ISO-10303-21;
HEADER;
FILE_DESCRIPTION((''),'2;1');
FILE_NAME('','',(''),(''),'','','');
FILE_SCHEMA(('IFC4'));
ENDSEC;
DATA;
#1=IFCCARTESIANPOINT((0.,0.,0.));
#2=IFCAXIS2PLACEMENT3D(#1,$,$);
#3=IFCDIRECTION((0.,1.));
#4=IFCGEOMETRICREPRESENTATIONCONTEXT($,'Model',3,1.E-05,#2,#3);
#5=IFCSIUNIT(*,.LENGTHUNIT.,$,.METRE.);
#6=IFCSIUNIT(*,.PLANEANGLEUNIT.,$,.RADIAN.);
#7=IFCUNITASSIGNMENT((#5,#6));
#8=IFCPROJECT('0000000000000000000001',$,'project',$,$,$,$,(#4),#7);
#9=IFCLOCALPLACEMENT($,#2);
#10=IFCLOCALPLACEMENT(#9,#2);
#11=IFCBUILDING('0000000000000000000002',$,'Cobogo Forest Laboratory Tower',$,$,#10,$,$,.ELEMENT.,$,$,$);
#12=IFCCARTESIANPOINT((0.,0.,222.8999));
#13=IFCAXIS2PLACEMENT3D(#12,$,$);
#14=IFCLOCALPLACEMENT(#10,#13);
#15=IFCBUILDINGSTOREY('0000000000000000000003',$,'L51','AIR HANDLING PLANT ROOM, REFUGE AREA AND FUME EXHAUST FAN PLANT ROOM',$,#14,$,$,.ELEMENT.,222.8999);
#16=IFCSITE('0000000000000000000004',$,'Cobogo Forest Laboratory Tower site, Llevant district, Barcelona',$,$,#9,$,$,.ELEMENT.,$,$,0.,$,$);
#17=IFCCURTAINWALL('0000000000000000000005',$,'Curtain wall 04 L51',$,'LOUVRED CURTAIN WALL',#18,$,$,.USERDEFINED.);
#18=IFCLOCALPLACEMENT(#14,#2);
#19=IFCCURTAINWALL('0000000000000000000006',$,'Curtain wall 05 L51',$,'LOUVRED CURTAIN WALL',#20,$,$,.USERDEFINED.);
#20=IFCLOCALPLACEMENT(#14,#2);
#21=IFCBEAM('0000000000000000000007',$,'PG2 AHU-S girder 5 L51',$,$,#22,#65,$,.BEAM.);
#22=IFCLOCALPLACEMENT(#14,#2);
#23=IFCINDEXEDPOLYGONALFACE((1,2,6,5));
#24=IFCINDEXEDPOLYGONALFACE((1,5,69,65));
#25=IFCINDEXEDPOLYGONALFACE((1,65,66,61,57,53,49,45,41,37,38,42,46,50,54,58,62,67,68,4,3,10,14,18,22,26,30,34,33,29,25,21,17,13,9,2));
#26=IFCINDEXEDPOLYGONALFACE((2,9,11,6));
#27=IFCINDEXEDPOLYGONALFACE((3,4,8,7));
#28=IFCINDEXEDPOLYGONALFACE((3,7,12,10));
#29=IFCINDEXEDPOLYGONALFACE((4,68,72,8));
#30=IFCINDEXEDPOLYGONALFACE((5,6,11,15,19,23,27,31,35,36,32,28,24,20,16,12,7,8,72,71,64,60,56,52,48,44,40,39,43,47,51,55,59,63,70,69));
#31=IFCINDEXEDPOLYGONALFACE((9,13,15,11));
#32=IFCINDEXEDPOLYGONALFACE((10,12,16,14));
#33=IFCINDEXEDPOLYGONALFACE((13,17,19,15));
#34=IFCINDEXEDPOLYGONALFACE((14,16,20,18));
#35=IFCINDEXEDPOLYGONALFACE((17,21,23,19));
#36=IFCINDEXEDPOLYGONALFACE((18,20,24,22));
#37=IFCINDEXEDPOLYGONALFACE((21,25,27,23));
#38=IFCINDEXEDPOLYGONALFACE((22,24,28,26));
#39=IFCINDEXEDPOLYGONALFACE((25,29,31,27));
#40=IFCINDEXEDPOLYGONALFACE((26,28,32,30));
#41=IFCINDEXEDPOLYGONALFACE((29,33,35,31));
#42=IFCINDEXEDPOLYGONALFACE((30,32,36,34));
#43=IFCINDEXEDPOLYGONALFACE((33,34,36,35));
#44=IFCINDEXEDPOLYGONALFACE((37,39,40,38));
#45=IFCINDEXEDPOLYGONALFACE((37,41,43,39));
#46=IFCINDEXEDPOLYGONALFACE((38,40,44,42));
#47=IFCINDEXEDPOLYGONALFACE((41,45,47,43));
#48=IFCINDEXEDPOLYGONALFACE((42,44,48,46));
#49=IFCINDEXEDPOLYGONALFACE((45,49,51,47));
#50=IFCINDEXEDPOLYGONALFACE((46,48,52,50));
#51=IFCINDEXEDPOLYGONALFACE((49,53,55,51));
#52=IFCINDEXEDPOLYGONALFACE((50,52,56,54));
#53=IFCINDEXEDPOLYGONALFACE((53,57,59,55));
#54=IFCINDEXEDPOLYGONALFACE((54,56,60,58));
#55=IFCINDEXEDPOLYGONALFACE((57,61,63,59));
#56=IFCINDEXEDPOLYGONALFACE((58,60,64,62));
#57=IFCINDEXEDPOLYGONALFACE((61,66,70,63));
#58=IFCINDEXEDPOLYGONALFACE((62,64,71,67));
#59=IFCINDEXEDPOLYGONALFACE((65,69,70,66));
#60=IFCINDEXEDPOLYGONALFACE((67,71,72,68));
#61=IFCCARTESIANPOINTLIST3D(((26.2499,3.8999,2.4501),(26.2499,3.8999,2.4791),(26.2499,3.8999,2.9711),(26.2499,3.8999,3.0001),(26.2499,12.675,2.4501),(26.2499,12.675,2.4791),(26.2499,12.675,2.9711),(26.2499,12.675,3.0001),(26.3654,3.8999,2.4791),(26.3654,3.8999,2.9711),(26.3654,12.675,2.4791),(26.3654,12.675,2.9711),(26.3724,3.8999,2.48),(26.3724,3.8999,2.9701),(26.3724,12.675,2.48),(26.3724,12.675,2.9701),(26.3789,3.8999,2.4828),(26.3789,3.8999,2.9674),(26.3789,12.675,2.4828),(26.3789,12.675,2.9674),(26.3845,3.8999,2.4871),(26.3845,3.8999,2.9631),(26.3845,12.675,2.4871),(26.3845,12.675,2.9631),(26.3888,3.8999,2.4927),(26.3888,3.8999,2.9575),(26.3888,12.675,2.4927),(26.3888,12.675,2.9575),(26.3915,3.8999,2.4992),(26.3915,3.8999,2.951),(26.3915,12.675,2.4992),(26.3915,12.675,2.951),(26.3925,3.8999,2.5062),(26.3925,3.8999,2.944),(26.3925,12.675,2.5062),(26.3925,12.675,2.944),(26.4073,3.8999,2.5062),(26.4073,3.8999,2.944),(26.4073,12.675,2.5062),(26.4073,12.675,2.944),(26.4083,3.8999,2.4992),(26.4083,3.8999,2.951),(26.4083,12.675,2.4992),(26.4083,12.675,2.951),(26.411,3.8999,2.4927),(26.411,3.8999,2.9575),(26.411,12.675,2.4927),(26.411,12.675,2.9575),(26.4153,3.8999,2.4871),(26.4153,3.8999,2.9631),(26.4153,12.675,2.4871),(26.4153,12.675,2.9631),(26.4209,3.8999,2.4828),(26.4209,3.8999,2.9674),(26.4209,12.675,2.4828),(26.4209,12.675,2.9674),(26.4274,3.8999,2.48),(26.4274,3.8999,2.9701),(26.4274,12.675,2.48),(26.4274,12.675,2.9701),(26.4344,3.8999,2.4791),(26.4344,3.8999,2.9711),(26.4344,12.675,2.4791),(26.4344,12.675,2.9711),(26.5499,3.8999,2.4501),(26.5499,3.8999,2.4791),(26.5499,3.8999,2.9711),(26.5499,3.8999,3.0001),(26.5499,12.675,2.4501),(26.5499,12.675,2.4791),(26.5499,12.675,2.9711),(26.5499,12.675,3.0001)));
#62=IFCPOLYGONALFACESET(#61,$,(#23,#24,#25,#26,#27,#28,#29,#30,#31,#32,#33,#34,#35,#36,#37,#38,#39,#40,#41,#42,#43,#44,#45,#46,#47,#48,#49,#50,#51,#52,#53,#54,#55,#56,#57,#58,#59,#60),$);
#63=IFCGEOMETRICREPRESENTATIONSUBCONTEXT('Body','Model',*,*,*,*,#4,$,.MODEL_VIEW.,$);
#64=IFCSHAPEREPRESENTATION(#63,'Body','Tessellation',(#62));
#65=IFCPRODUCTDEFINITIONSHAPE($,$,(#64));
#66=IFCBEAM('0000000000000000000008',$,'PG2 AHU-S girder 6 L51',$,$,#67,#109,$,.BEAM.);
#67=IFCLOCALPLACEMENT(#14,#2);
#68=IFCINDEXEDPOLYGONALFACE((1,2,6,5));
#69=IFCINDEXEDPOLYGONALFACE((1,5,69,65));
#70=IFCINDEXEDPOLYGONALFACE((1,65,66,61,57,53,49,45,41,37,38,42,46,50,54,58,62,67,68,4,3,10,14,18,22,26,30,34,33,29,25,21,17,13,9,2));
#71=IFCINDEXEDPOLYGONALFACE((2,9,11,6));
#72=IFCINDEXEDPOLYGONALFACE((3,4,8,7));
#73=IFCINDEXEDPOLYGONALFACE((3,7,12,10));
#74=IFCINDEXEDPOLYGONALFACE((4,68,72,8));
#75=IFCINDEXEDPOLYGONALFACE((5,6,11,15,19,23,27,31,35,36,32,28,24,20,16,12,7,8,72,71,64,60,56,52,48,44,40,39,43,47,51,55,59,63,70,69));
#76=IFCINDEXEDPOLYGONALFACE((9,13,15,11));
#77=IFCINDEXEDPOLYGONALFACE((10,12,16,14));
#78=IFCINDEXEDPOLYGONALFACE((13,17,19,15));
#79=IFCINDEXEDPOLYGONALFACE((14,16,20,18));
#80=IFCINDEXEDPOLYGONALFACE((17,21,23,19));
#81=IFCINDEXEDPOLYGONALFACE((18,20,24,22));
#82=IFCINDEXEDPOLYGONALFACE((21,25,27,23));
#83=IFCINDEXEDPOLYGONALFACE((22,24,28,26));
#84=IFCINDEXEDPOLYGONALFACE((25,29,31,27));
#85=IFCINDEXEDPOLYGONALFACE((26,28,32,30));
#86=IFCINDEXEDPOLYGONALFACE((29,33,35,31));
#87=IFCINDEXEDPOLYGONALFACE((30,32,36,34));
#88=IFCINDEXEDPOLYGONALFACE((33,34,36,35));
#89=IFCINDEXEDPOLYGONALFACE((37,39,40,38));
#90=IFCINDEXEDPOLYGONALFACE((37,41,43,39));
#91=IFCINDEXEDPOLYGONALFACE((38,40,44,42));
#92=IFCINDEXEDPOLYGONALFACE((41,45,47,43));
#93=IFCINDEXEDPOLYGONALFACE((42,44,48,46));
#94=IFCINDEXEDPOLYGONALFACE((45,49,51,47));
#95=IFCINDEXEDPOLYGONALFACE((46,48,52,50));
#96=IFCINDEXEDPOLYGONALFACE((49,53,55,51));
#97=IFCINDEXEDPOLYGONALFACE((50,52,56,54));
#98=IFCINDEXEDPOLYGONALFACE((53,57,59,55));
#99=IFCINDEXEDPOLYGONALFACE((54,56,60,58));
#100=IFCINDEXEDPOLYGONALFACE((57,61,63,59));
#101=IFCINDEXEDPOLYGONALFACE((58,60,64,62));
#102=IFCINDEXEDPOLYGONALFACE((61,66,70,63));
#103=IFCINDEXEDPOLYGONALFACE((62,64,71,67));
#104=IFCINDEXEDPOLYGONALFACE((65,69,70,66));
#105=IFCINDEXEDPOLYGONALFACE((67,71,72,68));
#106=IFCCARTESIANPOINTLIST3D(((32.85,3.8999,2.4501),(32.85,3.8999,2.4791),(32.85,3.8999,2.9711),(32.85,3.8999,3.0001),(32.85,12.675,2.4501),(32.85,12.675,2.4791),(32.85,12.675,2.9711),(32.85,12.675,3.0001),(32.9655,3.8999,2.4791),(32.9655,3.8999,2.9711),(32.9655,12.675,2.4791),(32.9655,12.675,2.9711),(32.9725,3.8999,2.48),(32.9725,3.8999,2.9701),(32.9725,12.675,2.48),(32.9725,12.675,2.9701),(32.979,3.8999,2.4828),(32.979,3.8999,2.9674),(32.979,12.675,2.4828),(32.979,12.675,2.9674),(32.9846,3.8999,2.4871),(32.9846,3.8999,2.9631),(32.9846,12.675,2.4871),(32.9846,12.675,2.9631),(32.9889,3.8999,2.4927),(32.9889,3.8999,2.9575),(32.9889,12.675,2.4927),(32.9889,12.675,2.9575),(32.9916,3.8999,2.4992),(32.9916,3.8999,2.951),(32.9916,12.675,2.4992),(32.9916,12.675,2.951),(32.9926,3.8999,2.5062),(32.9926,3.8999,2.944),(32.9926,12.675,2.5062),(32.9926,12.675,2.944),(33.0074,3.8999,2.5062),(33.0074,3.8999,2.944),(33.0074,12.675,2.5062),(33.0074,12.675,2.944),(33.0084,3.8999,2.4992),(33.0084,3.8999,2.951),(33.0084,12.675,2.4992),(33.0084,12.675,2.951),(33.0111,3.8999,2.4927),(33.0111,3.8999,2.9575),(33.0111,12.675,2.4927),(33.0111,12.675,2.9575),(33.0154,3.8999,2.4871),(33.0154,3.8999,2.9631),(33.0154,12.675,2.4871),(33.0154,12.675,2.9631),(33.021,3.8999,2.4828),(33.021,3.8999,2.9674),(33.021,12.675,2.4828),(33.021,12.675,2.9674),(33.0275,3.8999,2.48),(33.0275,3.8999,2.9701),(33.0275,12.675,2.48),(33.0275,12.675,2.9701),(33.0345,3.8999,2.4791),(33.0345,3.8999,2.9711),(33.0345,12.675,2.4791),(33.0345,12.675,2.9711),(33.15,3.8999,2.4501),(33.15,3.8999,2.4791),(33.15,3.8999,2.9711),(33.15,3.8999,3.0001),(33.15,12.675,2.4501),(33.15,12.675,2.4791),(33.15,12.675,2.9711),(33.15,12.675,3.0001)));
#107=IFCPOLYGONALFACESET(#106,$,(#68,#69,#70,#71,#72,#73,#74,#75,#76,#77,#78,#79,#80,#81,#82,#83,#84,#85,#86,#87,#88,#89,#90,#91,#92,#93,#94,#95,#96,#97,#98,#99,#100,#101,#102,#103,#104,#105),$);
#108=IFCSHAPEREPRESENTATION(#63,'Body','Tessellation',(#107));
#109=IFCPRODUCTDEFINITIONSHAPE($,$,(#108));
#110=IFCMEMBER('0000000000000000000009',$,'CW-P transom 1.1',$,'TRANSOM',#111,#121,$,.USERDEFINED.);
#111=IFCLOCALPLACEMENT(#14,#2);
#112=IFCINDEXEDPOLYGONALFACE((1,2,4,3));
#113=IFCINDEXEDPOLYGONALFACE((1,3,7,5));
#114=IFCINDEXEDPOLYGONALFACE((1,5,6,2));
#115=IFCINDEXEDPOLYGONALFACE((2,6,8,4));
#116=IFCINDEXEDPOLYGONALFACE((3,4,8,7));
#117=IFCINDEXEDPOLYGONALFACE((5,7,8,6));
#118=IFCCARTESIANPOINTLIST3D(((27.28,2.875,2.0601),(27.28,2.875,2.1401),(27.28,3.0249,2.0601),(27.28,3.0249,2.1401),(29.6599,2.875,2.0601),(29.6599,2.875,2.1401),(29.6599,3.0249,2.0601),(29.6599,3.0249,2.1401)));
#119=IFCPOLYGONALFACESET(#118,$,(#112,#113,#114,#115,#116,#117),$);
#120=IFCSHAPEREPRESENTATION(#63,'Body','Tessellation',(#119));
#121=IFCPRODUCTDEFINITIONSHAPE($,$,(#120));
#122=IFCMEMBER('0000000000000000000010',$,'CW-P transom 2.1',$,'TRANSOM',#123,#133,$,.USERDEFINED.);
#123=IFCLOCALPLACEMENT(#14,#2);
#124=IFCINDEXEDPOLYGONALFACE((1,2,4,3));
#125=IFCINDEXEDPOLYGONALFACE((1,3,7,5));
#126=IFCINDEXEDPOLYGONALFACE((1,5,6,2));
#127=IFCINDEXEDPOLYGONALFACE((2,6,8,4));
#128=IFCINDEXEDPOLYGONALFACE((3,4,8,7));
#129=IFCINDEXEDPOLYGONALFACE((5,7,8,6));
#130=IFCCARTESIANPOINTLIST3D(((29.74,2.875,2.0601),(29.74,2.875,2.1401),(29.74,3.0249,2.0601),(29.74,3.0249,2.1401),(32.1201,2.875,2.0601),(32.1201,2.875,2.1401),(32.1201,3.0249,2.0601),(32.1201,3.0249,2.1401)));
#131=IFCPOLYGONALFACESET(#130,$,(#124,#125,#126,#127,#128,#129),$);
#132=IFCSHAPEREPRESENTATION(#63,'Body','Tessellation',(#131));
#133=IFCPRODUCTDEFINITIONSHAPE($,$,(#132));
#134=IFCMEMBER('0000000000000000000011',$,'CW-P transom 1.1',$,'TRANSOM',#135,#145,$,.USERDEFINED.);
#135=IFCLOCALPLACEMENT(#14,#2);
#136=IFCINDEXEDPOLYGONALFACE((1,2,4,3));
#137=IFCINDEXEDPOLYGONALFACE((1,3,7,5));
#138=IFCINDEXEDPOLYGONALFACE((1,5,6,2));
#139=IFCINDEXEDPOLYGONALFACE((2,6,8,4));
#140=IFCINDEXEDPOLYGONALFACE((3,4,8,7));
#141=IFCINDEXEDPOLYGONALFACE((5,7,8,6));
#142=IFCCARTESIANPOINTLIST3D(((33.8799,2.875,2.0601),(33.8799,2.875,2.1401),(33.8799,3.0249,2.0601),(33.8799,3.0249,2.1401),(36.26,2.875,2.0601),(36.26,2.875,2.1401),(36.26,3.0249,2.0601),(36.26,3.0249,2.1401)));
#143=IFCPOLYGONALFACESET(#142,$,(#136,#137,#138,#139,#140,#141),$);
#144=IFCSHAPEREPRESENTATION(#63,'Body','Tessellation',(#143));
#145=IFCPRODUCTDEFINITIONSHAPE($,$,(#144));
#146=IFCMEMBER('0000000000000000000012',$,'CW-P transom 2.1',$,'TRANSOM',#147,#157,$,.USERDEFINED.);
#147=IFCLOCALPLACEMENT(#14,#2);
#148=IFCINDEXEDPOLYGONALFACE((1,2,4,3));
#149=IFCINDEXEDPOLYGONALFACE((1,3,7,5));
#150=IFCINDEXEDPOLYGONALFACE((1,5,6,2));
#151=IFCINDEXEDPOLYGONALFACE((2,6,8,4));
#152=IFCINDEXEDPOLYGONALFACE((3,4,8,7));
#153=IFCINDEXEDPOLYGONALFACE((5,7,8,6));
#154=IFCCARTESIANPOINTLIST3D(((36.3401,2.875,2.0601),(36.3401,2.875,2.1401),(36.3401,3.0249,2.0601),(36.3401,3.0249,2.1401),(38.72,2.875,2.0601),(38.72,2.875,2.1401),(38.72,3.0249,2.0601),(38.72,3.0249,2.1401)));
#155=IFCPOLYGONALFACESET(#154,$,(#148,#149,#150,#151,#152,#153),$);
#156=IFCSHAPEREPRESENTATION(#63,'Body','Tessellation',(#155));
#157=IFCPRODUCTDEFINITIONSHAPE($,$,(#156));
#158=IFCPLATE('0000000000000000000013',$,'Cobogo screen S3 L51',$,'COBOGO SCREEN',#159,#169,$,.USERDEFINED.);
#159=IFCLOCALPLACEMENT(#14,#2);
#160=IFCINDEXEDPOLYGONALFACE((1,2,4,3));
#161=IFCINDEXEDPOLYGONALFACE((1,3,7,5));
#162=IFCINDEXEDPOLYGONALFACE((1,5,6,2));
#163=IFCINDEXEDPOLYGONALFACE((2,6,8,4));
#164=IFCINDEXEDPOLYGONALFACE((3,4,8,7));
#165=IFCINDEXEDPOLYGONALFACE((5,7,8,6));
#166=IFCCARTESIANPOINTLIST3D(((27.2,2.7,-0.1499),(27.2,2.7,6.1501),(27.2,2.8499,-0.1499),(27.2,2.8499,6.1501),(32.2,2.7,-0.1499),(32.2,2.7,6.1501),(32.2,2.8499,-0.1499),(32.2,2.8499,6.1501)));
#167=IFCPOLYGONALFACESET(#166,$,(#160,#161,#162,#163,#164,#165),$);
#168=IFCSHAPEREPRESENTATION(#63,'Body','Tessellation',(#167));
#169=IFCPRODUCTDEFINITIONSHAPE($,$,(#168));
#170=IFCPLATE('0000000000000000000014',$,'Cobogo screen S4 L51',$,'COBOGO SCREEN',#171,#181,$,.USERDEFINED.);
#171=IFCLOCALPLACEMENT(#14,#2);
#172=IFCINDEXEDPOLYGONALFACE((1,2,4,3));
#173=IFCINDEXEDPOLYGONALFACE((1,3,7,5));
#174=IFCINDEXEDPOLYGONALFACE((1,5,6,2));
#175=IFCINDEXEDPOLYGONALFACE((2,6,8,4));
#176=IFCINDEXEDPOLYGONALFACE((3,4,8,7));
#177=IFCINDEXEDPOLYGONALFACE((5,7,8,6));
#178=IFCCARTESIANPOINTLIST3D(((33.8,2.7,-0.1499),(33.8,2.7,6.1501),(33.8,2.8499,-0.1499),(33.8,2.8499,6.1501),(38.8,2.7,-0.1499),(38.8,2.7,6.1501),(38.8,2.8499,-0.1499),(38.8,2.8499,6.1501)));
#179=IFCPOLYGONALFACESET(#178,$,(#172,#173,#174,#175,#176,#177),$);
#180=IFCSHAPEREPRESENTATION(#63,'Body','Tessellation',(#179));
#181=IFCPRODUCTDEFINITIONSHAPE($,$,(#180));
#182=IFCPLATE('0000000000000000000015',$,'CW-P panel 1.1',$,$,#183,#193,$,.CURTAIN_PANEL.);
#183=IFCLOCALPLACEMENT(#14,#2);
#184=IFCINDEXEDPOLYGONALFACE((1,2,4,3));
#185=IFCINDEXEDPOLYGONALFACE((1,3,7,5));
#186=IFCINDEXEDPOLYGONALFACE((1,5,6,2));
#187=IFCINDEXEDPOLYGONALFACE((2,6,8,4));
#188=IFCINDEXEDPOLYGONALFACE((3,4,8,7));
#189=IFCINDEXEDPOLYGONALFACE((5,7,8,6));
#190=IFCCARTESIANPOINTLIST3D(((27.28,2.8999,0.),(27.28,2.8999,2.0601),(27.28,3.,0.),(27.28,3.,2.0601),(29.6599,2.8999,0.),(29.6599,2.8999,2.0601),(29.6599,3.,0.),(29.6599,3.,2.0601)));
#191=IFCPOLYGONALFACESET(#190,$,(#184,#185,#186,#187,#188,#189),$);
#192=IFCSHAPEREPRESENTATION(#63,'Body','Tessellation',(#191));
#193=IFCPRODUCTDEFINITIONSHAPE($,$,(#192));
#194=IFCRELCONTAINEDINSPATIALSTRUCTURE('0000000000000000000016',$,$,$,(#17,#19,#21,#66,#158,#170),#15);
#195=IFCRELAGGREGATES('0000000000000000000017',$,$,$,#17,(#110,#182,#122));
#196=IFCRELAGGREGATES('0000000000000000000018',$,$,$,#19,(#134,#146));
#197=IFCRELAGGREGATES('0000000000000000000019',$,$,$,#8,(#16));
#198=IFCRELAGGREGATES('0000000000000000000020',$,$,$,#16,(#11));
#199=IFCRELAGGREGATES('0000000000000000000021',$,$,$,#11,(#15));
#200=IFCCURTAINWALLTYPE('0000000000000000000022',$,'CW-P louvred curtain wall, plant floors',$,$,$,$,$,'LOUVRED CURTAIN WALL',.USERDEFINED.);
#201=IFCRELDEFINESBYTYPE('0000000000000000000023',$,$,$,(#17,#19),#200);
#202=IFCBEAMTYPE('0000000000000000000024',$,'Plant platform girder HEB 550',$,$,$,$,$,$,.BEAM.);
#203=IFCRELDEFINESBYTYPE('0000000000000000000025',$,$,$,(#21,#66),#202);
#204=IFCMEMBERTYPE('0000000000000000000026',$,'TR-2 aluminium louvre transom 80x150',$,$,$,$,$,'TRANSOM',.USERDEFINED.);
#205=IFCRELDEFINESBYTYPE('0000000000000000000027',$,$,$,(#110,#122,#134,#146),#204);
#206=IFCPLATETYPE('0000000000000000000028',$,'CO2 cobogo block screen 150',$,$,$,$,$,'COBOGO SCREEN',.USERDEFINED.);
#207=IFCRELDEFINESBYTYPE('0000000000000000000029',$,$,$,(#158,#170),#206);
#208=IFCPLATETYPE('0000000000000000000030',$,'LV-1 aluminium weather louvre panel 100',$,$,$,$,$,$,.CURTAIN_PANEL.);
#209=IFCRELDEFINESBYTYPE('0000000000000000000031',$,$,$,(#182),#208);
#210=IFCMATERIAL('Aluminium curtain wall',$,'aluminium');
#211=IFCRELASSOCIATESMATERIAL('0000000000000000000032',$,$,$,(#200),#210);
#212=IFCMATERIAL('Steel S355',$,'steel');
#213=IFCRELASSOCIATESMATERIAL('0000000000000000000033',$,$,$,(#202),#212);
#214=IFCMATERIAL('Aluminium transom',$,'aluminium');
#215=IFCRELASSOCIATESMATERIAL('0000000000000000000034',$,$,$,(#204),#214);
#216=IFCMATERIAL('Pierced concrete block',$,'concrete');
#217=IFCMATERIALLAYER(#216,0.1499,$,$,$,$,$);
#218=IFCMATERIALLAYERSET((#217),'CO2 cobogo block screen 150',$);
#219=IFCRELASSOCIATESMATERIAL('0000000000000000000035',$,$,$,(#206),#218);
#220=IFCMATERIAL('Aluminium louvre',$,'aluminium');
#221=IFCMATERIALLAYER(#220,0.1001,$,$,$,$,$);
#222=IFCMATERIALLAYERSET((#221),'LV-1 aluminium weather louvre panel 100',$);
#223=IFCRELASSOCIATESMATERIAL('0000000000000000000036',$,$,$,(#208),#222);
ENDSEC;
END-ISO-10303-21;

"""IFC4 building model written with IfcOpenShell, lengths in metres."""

from ifc_helpers import new_model, si_unit, direction, frame, origin, origin_2d, place, context, subcontext, project, spatial, rectangle, i_section, extrude, material, layer, layer_set, material_profile, profile_set, type_object, element, aggregate, save


model = new_model("IFC4")

# Units and contexts
model_context = context("Model", 3, precision=1e-05, world=origin(), true_north=direction((0.0, 1.0)))
body_context = subcontext(model_context, "Body", "Model", "MODEL_VIEW")
ifc_project = project(units=[si_unit("LENGTHUNIT", "METRE"), si_unit("PLANEANGLEUNIT", "RADIAN")], contexts=[model_context])

# Site, building, storey
site_placement = place(None, origin())
site = spatial("IfcSite", under=ifc_project, at=site_placement, Name="Cobogo Forest Laboratory Tower site, Llevant district, Barcelona", CompositionType="ELEMENT", RefElevation=0.0)
building_placement = place(site_placement, origin())
building = spatial("IfcBuilding", under=site, at=building_placement, Name="Cobogo Forest Laboratory Tower", CompositionType="ELEMENT")
storey_placement = place(building_placement, frame((0.0, 0.0, 222.8999)))
storey = spatial("IfcBuildingStorey", under=building, at=storey_placement, Name="L51", Description="AIR HANDLING PLANT ROOM, REFUGE AREA AND FUME EXHAUST FAN PLANT ROOM", CompositionType="ELEMENT", Elevation=222.8999)

# Shared definitions
ifc_material_1 = material(Name="Aluminium curtain wall", Category="aluminium")
curtain_wall_type = type_object("IfcCurtainWallType", Name="CW-P louvred curtain wall, plant floors", ElementType="LOUVRED CURTAIN WALL", PredefinedType="USERDEFINED", material=ifc_material_1)

# Curtain walls
curtain_wall_1_placement = place(storey_placement, origin())
curtain_wall_1 = element("IfcCurtainWall", 1, at=curtain_wall_1_placement, inside=storey, type_object=curtain_wall_type, Name="Curtain wall 04 L51", ObjectType="LOUVRED CURTAIN WALL", PredefinedType="USERDEFINED")
curtain_wall_2_placement = place(storey_placement, origin())
curtain_wall_2 = element("IfcCurtainWall", 2, at=curtain_wall_2_placement, inside=storey, type_object=curtain_wall_type, Name="Curtain wall 05 L51", ObjectType="LOUVRED CURTAIN WALL", PredefinedType="USERDEFINED")

# Shared definitions
ifc_material_2 = material(Name="Steel S355", Category="steel")

# Beams
ifc_material_profile_1 = material_profile(ifc_material_2, i_section(OverallWidth=0.3, OverallDepth=0.55, WebThickness=0.0149, FlangeThickness=0.0291, FilletRadius=0.0271, at=origin_2d()), Name="HEB 550")
ifc_profile_set_1 = profile_set([ifc_material_profile_1], Name="Steel S355")
beam_type_1 = type_object("IfcBeamType", Name="Plant platform girder HEB 550", PredefinedType="BEAM", material=ifc_profile_set_1)
for number, where, z_axis, x_axis, name in (
    (3, (26.3999, 3.8999, 2.7251), (0.0, 1.0, 0.0), (-1.0, 0.0, 0.0), "PG2 AHU-S girder 5 L51"),
    (4, (33.0, 3.8999, 2.7251), (0.0, 1.0, 0.0), (-1.0, 0.0, 0.0), "PG2 AHU-S girder 6 L51"),
):
    element("IfcBeam", number, at=place(storey_placement, frame(where, z_axis=z_axis, x_axis=x_axis)), inside=storey, type_object=beam_type_1, Name=name, PredefinedType="BEAM", context=body_context, shape_type="SweptSolid", body=[
        extrude(i_section(OverallWidth=0.3, OverallDepth=0.55, WebThickness=0.0149, FlangeThickness=0.0291, FilletRadius=0.0271, at=origin_2d()), origin(), (0.0, 0.0, 1.0), 8.7751),
    ])

# Members
ifc_material_3 = material(Name="Aluminium transom", Category="aluminium")
ifc_material_profile_2 = material_profile(ifc_material_3, rectangle(XDim=0.1499, YDim=0.0801, at=origin_2d()), Name="AL 80x150")
ifc_profile_set_2 = profile_set([ifc_material_profile_2], Name="Aluminium transom")
member_type_1 = type_object("IfcMemberType", Name="TR-2 aluminium louvre transom 80x150", ElementType="TRANSOM", PredefinedType="USERDEFINED", material=ifc_profile_set_2)
member_1_placement = place(storey_placement, frame((27.28, 2.95, 2.1001), z_axis=(1.0, 0.0, 0.0), x_axis=(0.0, 1.0, 0.0)))
member_1 = element("IfcMember", 5, at=member_1_placement, type_object=member_type_1, Name="CW-P transom 1.1", ObjectType="TRANSOM", PredefinedType="USERDEFINED", context=body_context, shape_type="SweptSolid", body=[
    extrude(rectangle(XDim=0.1499, YDim=0.0801, at=origin_2d()), origin(), (0.0, 0.0, 1.0), 2.3799),
])
member_2_placement = place(storey_placement, frame((29.74, 2.95, 2.1001), z_axis=(1.0, 0.0, 0.0), x_axis=(0.0, 1.0, 0.0)))
member_2 = element("IfcMember", 6, at=member_2_placement, type_object=member_type_1, Name="CW-P transom 2.1", ObjectType="TRANSOM", PredefinedType="USERDEFINED", context=body_context, shape_type="SweptSolid", body=[
    extrude(rectangle(XDim=0.1499, YDim=0.0801, at=origin_2d()), origin(), (0.0, 0.0, 1.0), 2.3801),
])
member_3_placement = place(storey_placement, frame((33.8799, 2.95, 2.1001), z_axis=(1.0, 0.0, 0.0), x_axis=(0.0, 1.0, 0.0)))
member_3 = element("IfcMember", 7, at=member_3_placement, type_object=member_type_1, Name="CW-P transom 1.1", ObjectType="TRANSOM", PredefinedType="USERDEFINED", context=body_context, shape_type="SweptSolid", body=[
    extrude(rectangle(XDim=0.1499, YDim=0.0801, at=origin_2d()), origin(), (0.0, 0.0, 1.0), 2.3801),
])
member_4_placement = place(storey_placement, frame((36.3401, 2.95, 2.1001), z_axis=(1.0, 0.0, 0.0), x_axis=(0.0, 1.0, 0.0)))
member_4 = element("IfcMember", 8, at=member_4_placement, type_object=member_type_1, Name="CW-P transom 2.1", ObjectType="TRANSOM", PredefinedType="USERDEFINED", context=body_context, shape_type="SweptSolid", body=[
    extrude(rectangle(XDim=0.1499, YDim=0.0801, at=origin_2d()), origin(), (0.0, 0.0, 1.0), 2.3799),
])

# Plates
ifc_material_4 = material(Name="Pierced concrete block", Category="concrete")
ifc_layer_1 = layer(ifc_material_4, 0.1499)
ifc_layer_set_1 = layer_set([ifc_layer_1], Name="CO2 cobogo block screen 150")
plate_type_1 = type_object("IfcPlateType", Name="CO2 cobogo block screen 150", ElementType="COBOGO SCREEN", PredefinedType="USERDEFINED", material=ifc_layer_set_1)
for number, where, z_axis, x_axis, name in (
    (9, (29.7, 2.7749, -0.1499), (0.0, 0.0, 1.0), (1.0, 0.0, 0.0), "Cobogo screen S3 L51"),
    (10, (36.3, 2.7749, -0.1499), (0.0, 0.0, 1.0), (1.0, 0.0, 0.0), "Cobogo screen S4 L51"),
):
    element("IfcPlate", number, at=place(storey_placement, frame(where, z_axis=z_axis, x_axis=x_axis)), inside=storey, type_object=plate_type_1, Name=name, ObjectType="COBOGO SCREEN", PredefinedType="USERDEFINED", context=body_context, shape_type="SweptSolid", body=[
        extrude(rectangle(XDim=5.0, YDim=0.1499, at=origin_2d()), origin(), (0.0, 0.0, 1.0), 6.3),
    ])

# Plate
ifc_material_5 = material(Name="Aluminium louvre", Category="aluminium")
ifc_layer_2 = layer(ifc_material_5, 0.1001)
ifc_layer_set_2 = layer_set([ifc_layer_2], Name="LV-1 aluminium weather louvre panel 100")
plate_type_2 = type_object("IfcPlateType", Name="LV-1 aluminium weather louvre panel 100", PredefinedType="CURTAIN_PANEL", material=ifc_layer_set_2)
plate_1_placement = place(storey_placement, frame((28.47, 2.95, 0.0), z_axis=(0.0, 0.0, 1.0), x_axis=(1.0, 0.0, 0.0)))
plate_1 = element("IfcPlate", 11, at=plate_1_placement, type_object=plate_type_2, Name="CW-P panel 1.1", PredefinedType="CURTAIN_PANEL", context=body_context, shape_type="SweptSolid", body=[
    extrude(rectangle(XDim=2.3799, YDim=0.1001, at=origin_2d()), origin(), (0.0, 0.0, 1.0), 2.0601),
])
aggregate(curtain_wall_1, [member_1, plate_1, member_2])
aggregate(curtain_wall_2, [member_3, member_4])

save(model, "model.ifc")
